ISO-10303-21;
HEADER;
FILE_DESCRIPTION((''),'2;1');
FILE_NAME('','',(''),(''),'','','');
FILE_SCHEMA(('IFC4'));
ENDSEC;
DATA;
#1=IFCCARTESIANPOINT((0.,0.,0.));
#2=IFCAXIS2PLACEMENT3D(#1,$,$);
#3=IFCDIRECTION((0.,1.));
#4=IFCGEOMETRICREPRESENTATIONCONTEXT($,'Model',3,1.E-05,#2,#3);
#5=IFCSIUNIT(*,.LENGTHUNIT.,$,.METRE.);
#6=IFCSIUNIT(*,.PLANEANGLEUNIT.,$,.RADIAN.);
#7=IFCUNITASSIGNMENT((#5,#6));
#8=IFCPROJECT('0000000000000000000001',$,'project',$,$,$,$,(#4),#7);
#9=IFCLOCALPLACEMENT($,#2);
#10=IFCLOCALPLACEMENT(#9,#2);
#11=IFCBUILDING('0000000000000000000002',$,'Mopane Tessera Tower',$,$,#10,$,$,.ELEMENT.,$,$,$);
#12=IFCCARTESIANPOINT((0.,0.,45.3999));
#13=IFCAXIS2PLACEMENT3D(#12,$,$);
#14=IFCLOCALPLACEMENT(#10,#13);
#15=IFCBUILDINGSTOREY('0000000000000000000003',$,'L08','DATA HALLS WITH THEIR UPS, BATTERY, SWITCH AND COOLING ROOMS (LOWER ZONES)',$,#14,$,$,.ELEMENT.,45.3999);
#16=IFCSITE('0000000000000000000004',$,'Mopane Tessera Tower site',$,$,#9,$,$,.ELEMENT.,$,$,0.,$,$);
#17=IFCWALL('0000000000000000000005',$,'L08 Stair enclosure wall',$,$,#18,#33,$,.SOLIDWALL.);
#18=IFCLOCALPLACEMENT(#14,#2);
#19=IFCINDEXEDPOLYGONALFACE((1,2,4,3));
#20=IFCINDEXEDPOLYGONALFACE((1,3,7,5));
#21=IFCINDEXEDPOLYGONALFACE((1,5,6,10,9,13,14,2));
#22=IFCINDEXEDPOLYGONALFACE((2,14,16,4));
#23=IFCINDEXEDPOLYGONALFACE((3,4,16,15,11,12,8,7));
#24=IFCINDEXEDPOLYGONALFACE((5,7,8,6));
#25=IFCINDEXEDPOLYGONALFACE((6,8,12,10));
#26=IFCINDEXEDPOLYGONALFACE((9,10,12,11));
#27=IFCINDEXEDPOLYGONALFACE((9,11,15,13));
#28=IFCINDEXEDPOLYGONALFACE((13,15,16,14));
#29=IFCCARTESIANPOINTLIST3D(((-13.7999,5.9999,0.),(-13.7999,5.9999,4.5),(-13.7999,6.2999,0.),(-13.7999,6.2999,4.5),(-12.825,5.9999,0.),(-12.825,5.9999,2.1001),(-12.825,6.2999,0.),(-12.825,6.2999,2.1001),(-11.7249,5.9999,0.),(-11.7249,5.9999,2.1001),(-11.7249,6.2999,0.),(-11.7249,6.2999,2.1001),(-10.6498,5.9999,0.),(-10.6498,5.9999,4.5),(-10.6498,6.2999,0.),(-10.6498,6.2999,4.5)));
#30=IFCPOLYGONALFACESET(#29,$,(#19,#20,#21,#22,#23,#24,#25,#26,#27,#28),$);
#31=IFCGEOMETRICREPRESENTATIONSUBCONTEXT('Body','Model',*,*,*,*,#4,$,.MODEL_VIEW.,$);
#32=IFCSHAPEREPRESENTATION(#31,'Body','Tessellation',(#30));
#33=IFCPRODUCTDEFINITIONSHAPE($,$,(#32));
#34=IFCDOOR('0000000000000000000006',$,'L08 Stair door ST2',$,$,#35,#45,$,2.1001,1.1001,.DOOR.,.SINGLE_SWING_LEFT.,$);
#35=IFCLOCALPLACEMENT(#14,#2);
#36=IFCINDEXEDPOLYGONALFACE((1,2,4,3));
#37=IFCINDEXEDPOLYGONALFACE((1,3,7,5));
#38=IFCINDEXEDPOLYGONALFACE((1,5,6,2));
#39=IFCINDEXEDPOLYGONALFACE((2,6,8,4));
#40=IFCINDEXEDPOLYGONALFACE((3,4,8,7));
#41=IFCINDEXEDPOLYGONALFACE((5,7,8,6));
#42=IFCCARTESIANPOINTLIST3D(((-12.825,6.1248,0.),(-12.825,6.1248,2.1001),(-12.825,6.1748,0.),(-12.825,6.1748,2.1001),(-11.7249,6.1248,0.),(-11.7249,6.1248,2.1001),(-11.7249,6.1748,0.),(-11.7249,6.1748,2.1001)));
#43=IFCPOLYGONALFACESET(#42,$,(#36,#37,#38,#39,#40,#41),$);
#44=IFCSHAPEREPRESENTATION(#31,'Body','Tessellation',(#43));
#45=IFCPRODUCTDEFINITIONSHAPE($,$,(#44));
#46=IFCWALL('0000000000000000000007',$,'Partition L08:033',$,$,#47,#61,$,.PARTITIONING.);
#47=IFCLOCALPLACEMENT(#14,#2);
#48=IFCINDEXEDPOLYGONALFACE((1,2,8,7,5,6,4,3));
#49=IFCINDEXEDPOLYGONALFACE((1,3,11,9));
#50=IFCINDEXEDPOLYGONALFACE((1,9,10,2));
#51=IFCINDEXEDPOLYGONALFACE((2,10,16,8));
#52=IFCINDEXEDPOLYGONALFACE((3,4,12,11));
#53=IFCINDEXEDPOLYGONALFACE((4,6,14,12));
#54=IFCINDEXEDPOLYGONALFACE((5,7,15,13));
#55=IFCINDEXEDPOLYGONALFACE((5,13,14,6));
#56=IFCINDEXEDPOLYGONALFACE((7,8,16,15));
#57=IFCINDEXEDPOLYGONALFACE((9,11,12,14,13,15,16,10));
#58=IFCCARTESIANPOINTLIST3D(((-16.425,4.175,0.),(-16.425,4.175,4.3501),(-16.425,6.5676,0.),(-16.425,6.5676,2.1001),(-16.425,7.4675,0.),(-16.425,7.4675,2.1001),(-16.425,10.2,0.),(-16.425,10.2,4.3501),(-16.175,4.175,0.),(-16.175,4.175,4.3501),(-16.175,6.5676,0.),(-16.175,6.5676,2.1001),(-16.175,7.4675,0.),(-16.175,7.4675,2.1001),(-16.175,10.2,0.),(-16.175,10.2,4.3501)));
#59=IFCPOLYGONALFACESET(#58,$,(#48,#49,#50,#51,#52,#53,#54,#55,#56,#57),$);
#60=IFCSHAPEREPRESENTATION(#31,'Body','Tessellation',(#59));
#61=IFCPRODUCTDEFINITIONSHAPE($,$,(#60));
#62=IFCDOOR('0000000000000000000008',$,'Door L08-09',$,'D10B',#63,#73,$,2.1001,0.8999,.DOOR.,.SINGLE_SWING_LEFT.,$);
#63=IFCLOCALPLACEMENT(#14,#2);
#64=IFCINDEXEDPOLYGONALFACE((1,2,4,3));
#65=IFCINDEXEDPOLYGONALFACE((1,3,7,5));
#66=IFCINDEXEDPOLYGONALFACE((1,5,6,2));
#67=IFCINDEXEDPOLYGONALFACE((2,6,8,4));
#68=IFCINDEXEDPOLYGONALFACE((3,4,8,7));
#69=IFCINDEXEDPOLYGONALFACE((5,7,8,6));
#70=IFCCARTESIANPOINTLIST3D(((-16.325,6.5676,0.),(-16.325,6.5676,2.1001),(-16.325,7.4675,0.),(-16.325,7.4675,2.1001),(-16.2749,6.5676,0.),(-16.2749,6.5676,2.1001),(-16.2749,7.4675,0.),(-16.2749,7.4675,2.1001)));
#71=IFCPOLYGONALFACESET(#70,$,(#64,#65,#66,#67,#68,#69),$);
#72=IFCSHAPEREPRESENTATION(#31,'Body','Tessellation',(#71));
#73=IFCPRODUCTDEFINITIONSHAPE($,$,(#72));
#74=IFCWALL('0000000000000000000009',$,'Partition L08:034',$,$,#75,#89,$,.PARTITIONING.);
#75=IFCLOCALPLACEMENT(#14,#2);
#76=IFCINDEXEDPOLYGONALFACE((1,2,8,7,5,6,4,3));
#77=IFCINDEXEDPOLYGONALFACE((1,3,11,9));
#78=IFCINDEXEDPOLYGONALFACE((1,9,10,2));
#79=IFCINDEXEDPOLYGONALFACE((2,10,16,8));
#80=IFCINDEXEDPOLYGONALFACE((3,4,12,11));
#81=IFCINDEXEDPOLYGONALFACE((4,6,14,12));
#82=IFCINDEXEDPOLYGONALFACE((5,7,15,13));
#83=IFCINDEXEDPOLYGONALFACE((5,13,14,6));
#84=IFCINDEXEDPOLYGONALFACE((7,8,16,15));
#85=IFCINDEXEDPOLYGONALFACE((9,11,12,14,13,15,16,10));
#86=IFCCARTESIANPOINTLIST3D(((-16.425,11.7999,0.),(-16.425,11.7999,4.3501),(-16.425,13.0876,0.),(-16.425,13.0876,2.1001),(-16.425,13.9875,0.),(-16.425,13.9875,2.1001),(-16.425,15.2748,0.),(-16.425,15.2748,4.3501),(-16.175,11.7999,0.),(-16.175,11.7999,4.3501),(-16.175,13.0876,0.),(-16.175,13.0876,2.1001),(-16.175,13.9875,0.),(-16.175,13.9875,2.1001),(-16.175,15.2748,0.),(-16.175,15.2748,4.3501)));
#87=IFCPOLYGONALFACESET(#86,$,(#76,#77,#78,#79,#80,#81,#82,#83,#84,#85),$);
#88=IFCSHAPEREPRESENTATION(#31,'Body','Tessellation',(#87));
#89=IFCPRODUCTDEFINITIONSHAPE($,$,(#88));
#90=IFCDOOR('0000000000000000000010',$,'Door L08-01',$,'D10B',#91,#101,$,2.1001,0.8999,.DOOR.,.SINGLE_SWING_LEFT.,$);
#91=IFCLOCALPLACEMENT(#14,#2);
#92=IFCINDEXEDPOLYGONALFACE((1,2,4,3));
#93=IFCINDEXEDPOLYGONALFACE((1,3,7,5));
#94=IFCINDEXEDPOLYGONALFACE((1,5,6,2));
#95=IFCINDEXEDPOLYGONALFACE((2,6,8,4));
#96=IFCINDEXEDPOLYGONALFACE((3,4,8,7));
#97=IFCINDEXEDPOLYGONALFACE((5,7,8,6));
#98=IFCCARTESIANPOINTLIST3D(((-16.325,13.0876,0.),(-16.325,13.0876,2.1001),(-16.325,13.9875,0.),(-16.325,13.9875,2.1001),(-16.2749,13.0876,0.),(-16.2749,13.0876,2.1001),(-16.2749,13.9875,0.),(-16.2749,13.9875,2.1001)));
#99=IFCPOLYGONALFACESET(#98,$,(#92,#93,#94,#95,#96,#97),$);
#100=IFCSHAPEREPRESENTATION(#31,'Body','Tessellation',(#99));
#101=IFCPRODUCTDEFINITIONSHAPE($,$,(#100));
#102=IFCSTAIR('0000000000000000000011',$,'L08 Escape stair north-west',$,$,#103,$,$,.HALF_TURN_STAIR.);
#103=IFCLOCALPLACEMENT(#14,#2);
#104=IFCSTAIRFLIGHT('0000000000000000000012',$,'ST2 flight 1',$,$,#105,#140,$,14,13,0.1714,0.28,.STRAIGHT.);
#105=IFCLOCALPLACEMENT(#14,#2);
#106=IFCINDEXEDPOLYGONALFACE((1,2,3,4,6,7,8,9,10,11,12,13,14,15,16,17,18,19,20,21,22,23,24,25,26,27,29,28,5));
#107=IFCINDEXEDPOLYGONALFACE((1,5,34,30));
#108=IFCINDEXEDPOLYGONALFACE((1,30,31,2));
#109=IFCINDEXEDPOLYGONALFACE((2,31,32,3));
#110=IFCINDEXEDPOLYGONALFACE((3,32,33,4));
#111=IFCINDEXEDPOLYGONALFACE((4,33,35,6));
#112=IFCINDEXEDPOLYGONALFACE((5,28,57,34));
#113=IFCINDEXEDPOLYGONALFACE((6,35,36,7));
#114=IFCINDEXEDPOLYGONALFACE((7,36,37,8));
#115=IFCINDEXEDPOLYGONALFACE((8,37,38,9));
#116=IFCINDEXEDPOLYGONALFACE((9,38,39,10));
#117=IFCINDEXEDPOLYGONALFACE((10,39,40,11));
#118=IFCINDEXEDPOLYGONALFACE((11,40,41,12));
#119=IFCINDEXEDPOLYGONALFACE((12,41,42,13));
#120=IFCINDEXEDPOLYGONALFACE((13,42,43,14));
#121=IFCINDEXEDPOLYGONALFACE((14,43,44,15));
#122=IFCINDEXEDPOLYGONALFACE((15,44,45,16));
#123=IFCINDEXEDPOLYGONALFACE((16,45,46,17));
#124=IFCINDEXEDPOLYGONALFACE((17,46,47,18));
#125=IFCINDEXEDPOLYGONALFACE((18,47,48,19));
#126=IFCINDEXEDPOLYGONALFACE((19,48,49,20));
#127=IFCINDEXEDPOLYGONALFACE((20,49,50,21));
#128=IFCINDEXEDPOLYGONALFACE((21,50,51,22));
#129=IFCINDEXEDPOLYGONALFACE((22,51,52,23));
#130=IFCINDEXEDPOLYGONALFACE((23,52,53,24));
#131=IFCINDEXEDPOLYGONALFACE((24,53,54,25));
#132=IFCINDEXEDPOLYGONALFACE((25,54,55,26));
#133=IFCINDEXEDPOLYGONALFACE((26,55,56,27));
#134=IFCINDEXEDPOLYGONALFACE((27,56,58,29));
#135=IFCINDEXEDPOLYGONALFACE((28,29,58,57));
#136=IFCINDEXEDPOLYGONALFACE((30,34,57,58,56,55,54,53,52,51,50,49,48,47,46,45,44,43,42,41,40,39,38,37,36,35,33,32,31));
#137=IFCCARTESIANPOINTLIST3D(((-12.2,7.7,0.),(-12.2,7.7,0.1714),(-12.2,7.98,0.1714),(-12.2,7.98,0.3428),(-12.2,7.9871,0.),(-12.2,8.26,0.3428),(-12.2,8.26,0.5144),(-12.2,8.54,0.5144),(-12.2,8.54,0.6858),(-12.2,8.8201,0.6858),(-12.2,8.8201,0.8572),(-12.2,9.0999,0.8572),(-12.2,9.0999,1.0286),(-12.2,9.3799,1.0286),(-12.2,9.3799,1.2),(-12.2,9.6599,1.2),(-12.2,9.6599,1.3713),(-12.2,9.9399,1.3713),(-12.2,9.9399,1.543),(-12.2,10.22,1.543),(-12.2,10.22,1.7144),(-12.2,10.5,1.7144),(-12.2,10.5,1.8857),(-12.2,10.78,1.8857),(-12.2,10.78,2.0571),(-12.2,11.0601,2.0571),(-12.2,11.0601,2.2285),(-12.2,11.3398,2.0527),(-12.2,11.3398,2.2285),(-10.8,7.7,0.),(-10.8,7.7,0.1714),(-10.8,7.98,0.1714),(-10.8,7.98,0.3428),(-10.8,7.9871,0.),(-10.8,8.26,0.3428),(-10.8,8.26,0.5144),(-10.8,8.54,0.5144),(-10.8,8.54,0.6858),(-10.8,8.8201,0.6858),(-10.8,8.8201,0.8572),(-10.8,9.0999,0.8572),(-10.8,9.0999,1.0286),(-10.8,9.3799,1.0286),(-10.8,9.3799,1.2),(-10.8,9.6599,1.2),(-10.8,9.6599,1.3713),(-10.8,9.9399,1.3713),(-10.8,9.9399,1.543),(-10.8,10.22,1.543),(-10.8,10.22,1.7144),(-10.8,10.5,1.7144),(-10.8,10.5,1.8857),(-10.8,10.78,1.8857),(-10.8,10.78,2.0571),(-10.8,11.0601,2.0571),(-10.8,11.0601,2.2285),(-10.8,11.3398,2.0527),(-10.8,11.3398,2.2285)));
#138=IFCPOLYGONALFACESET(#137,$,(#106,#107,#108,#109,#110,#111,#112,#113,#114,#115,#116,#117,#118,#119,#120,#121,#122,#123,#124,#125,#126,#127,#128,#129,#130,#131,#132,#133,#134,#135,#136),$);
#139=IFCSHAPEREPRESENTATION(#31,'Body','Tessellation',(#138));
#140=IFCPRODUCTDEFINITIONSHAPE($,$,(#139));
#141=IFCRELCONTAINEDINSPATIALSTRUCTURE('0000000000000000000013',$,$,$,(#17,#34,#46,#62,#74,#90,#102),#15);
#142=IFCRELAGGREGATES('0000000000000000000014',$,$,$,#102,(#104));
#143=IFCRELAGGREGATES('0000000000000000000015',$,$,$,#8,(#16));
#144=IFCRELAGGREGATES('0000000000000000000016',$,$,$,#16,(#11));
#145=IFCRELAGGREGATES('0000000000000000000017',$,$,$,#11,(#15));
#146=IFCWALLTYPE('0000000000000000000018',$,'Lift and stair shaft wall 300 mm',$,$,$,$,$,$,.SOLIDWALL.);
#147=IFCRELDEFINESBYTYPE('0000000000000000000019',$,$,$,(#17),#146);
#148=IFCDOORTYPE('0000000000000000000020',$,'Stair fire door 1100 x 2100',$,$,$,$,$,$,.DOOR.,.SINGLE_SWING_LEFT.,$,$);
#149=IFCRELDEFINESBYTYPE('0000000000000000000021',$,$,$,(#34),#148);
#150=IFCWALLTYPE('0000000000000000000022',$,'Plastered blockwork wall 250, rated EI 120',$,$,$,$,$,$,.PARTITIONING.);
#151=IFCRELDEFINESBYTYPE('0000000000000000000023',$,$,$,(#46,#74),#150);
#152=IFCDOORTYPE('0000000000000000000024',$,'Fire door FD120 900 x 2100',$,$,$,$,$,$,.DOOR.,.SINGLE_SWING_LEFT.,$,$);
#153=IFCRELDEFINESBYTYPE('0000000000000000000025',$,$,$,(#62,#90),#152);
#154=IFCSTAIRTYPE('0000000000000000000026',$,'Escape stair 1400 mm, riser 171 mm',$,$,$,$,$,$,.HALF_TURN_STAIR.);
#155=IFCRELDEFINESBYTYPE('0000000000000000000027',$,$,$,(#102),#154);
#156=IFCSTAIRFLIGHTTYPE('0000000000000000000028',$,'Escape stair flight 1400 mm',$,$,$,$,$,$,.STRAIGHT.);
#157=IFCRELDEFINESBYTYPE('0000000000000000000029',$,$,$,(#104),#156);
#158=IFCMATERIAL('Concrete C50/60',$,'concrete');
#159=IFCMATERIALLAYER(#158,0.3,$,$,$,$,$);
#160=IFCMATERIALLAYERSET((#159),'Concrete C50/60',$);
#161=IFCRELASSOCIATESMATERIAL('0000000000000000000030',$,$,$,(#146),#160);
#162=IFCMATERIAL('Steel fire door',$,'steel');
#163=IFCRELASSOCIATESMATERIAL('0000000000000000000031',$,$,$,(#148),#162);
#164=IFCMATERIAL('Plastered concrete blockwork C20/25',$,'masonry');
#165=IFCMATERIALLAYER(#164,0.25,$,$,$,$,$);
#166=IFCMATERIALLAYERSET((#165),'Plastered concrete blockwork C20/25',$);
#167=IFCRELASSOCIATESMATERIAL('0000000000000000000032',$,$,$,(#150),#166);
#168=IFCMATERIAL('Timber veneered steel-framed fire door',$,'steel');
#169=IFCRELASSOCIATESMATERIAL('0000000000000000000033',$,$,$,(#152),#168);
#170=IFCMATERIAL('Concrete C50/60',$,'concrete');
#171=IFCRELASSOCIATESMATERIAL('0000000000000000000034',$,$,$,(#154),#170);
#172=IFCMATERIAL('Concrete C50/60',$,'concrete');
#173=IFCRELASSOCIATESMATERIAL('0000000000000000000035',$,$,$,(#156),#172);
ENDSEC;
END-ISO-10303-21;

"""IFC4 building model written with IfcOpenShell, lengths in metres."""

from ifc_helpers import new_model, si_unit, direction, frame, frame_2d, origin, place, context, subcontext, project, spatial, polyline, rectangle, outline, extrude, material, layer, layer_set, type_object, element, fill, aggregate, save


model = new_model("IFC4")

# Units and contexts
model_context = context("Model", 3, precision=1e-05, world=origin(), true_north=direction((0.0, 1.0)))
body_context = subcontext(model_context, "Body", "Model", "MODEL_VIEW")
ifc_project = project(units=[si_unit("LENGTHUNIT", "METRE"), si_unit("PLANEANGLEUNIT", "RADIAN")], contexts=[model_context])

# Site, building, storey
site_placement = place(None, origin())
site = spatial("IfcSite", under=ifc_project, at=site_placement, Name="Mopane Tessera Tower site", CompositionType="ELEMENT", RefElevation=0.0)
building_placement = place(site_placement, origin())
building = spatial("IfcBuilding", under=site, at=building_placement, Name="Mopane Tessera Tower", CompositionType="ELEMENT")
storey_placement = place(building_placement, frame((0.0, 0.0, 45.3999)))
storey = spatial("IfcBuildingStorey", under=building, at=storey_placement, Name="L08", Description="DATA HALLS WITH THEIR UPS, BATTERY, SWITCH AND COOLING ROOMS (LOWER ZONES)", CompositionType="ELEMENT", Elevation=45.3999)

# Walls, openings, doors
ifc_material_1 = material(Name="Concrete C50/60", Category="concrete")
ifc_layer_1 = layer(ifc_material_1, 0.3)
ifc_layer_set_1 = layer_set([ifc_layer_1], Name="Concrete C50/60")
wall_type_1 = type_object("IfcWallType", Name="Lift and stair shaft wall 300 mm", PredefinedType="SOLIDWALL", material=ifc_layer_set_1)
wall_1_placement = place(storey_placement, frame((-13.8, 6.1499, 0.0), z_axis=(0.0, 0.0, 1.0), x_axis=(1.0, 0.0, 0.0)))
wall_1 = element("IfcWall", 1, at=wall_1_placement, inside=storey, type_object=wall_type_1, Name="L08 Stair enclosure wall", PredefinedType="SOLIDWALL", context=body_context, shape_type="SweptSolid", body=[
    extrude(rectangle(XDim=3.1501, YDim=0.3, at=frame_2d((1.5752, 0.0))), origin(), (0.0, 0.0, 1.0), 4.5),
])
opening_1_placement = place(wall_1_placement, frame((0.9751, 0.0, 0.0)))
opening_1 = element("IfcOpeningElement", 2, at=opening_1_placement, cuts=wall_1, PredefinedType="OPENING", context=body_context, shape_type="SweptSolid", body=[
    extrude(rectangle(XDim=1.1001, YDim=2.1001, at=frame_2d((0.55, 1.05))), frame((0.0, 0.1621, 0.0), z_axis=(0.0, -1.0, 0.0), x_axis=(1.0, 0.0, 0.0)), (0.0, 0.0, 1.0), 0.324),
])
ifc_material_2 = material(Name="Steel fire door", Category="steel")
door_type_1 = type_object("IfcDoorType", Name="Stair fire door 1100 x 2100", OperationType="SINGLE_SWING_LEFT", PredefinedType="DOOR", material=ifc_material_2)
door_1_placement = place(opening_1_placement, origin())
door_1 = element("IfcDoor", 3, at=door_1_placement, inside=storey, type_object=door_type_1, Name="L08 Stair door ST2", OperationType="SINGLE_SWING_LEFT", OverallHeight=2.1001, OverallWidth=1.1001, PredefinedType="DOOR", context=body_context, shape_type="SweptSolid", body=[
    extrude(rectangle(XDim=1.1001, YDim=2.1001, at=frame_2d((0.55, 1.05))), frame((0.0, 0.0249, 0.0), z_axis=(0.0, -1.0, 0.0), x_axis=(1.0, 0.0, 0.0)), (0.0, 0.0, 1.0), 0.05),
])
fill(opening_1, door_1)
ifc_material_3 = material(Name="Plastered concrete blockwork C20/25", Category="masonry")
ifc_layer_2 = layer(ifc_material_3, 0.25)
ifc_layer_set_2 = layer_set([ifc_layer_2], Name="Plastered concrete blockwork C20/25")
wall_type_2 = type_object("IfcWallType", Name="Plastered blockwork wall 250, rated EI 120", PredefinedType="PARTITIONING", material=ifc_layer_set_2)
wall_2_placement = place(storey_placement, frame((-16.3, 4.175, 0.0), z_axis=(0.0, 0.0, 1.0), x_axis=(0.0, 1.0, 0.0)))
wall_2 = element("IfcWall", 4, at=wall_2_placement, inside=storey, type_object=wall_type_2, Name="Partition L08:033", PredefinedType="PARTITIONING", context=body_context, shape_type="SweptSolid", body=[
    extrude(rectangle(XDim=6.0249, YDim=0.25, at=frame_2d((3.0125, 0.0))), origin(), (0.0, 0.0, 1.0), 4.3501),
])
opening_2_placement = place(wall_2_placement, frame((2.3926, 0.0, 0.0)))
opening_2 = element("IfcOpeningElement", 5, at=opening_2_placement, cuts=wall_2, PredefinedType="OPENING", context=body_context, shape_type="SweptSolid", body=[
    extrude(rectangle(XDim=0.8999, YDim=2.1001, at=frame_2d((0.45, 1.05))), frame((0.0, 0.137, 0.0), z_axis=(0.0, -1.0, 0.0), x_axis=(1.0, 0.0, 0.0)), (0.0, 0.0, 1.0), 0.2739),
])
ifc_material_4 = material(Name="Timber veneered steel-framed fire door", Category="steel")
door_type_2 = type_object("IfcDoorType", Name="Fire door FD120 900 x 2100", OperationType="SINGLE_SWING_LEFT", PredefinedType="DOOR", material=ifc_material_4)
door_2_placement = place(opening_2_placement, origin())
door_2 = element("IfcDoor", 6, at=door_2_placement, inside=storey, type_object=door_type_2, Name="Door L08-09", ObjectType="D10B", OperationType="SINGLE_SWING_LEFT", OverallHeight=2.1001, OverallWidth=0.8999, PredefinedType="DOOR", context=body_context, shape_type="SweptSolid", body=[
    extrude(rectangle(XDim=0.8999, YDim=2.1001, at=frame_2d((0.45, 1.05))), frame((0.0, 0.0249, 0.0), z_axis=(0.0, -1.0, 0.0), x_axis=(1.0, 0.0, 0.0)), (0.0, 0.0, 1.0), 0.05),
])
fill(opening_2, door_2)
wall_3_placement = place(storey_placement, frame((-16.3, 11.8, 0.0), z_axis=(0.0, 0.0, 1.0), x_axis=(0.0, 1.0, 0.0)))
wall_3 = element("IfcWall", 7, at=wall_3_placement, inside=storey, type_object=wall_type_2, Name="Partition L08:034", PredefinedType="PARTITIONING", context=body_context, shape_type="SweptSolid", body=[
    extrude(rectangle(XDim=3.4749, YDim=0.25, at=frame_2d((1.7373, 0.0))), origin(), (0.0, 0.0, 1.0), 4.3501),
])
opening_3_placement = place(wall_3_placement, frame((1.2876, 0.0, 0.0)))
opening_3 = element("IfcOpeningElement", 8, at=opening_3_placement, cuts=wall_3, PredefinedType="OPENING", context=body_context, shape_type="SweptSolid", body=[
    extrude(rectangle(XDim=0.8999, YDim=2.1001, at=frame_2d((0.45, 1.05))), frame((0.0, 0.137, 0.0), z_axis=(0.0, -1.0, 0.0), x_axis=(1.0, 0.0, 0.0)), (0.0, 0.0, 1.0), 0.2739),
])
door_3_placement = place(opening_3_placement, origin())
door_3 = element("IfcDoor", 9, at=door_3_placement, inside=storey, type_object=door_type_2, Name="Door L08-01", ObjectType="D10B", OperationType="SINGLE_SWING_LEFT", OverallHeight=2.1001, OverallWidth=0.8999, PredefinedType="DOOR", context=body_context, shape_type="SweptSolid", body=[
    extrude(rectangle(XDim=0.8999, YDim=2.1001, at=frame_2d((0.45, 1.05))), frame((0.0, 0.0249, 0.0), z_axis=(0.0, -1.0, 0.0), x_axis=(1.0, 0.0, 0.0)), (0.0, 0.0, 1.0), 0.05),
])
fill(opening_3, door_3)

# Stair, stair flight
ifc_material_5 = material(Name="Concrete C50/60", Category="concrete")
stair_type = type_object("IfcStairType", Name="Escape stair 1400 mm, riser 171 mm", PredefinedType="HALF_TURN_STAIR", material=ifc_material_5)
stair_placement = place(storey_placement, origin())
stair = element("IfcStair", 10, at=stair_placement, inside=storey, type_object=stair_type, Name="L08 Escape stair north-west", PredefinedType="HALF_TURN_STAIR")
ifc_material_6 = material(Name="Concrete C50/60", Category="concrete")
stair_flight_type = type_object("IfcStairFlightType", Name="Escape stair flight 1400 mm", PredefinedType="STRAIGHT", material=ifc_material_6)
stair_flight_1_placement = place(storey_placement, frame((-11.5, 7.7, 0.0), z_axis=(0.0, 0.0, 1.0), x_axis=(0.0, 1.0, 0.0)))
stair_flight_1 = element("IfcStairFlight", 11, at=stair_flight_1_placement, type_object=stair_flight_type, Name="ST2 flight 1", NumberOfRisers=14, NumberOfTreads=13, PredefinedType="STRAIGHT", RiserHeight=0.1714, TreadLength=0.28, context=body_context, shape_type="SweptSolid", body=[
    extrude(outline(polyline([(0.0, 0.0), (0.0, 0.1714), (0.28, 0.1714), (0.28, 0.3428), (0.5601, 0.3428), (0.5601, 0.5144), (0.8401, 0.5144), (0.8401, 0.6858), (1.1201, 0.6858), (1.1201, 0.8572), (1.3999, 0.8572), (1.3999, 1.0286), (1.6799, 1.0286), (1.6799, 1.2), (1.96, 1.2), (1.96, 1.3713), (2.24, 1.3713), (2.24, 1.543), (2.52, 1.543), (2.52, 1.7144), (2.8, 1.7144), (2.8, 1.8857), (3.0801, 1.8857), (3.0801, 2.0571), (3.3601, 2.0571), (3.3601, 2.2285), (3.6399, 2.2285), (3.6399, 2.3999), (3.6399, 2.0527), (0.2871, 0.0), (0.0, 0.0)])), frame((0.0, 0.7, 0.0), z_axis=(0.0, -1.0, 0.0), x_axis=(1.0, 0.0, 0.0)), (0.0, 0.0, 1.0), 1.3999),
])
aggregate(stair, [stair_flight_1])

save(model, "model.ifc")
